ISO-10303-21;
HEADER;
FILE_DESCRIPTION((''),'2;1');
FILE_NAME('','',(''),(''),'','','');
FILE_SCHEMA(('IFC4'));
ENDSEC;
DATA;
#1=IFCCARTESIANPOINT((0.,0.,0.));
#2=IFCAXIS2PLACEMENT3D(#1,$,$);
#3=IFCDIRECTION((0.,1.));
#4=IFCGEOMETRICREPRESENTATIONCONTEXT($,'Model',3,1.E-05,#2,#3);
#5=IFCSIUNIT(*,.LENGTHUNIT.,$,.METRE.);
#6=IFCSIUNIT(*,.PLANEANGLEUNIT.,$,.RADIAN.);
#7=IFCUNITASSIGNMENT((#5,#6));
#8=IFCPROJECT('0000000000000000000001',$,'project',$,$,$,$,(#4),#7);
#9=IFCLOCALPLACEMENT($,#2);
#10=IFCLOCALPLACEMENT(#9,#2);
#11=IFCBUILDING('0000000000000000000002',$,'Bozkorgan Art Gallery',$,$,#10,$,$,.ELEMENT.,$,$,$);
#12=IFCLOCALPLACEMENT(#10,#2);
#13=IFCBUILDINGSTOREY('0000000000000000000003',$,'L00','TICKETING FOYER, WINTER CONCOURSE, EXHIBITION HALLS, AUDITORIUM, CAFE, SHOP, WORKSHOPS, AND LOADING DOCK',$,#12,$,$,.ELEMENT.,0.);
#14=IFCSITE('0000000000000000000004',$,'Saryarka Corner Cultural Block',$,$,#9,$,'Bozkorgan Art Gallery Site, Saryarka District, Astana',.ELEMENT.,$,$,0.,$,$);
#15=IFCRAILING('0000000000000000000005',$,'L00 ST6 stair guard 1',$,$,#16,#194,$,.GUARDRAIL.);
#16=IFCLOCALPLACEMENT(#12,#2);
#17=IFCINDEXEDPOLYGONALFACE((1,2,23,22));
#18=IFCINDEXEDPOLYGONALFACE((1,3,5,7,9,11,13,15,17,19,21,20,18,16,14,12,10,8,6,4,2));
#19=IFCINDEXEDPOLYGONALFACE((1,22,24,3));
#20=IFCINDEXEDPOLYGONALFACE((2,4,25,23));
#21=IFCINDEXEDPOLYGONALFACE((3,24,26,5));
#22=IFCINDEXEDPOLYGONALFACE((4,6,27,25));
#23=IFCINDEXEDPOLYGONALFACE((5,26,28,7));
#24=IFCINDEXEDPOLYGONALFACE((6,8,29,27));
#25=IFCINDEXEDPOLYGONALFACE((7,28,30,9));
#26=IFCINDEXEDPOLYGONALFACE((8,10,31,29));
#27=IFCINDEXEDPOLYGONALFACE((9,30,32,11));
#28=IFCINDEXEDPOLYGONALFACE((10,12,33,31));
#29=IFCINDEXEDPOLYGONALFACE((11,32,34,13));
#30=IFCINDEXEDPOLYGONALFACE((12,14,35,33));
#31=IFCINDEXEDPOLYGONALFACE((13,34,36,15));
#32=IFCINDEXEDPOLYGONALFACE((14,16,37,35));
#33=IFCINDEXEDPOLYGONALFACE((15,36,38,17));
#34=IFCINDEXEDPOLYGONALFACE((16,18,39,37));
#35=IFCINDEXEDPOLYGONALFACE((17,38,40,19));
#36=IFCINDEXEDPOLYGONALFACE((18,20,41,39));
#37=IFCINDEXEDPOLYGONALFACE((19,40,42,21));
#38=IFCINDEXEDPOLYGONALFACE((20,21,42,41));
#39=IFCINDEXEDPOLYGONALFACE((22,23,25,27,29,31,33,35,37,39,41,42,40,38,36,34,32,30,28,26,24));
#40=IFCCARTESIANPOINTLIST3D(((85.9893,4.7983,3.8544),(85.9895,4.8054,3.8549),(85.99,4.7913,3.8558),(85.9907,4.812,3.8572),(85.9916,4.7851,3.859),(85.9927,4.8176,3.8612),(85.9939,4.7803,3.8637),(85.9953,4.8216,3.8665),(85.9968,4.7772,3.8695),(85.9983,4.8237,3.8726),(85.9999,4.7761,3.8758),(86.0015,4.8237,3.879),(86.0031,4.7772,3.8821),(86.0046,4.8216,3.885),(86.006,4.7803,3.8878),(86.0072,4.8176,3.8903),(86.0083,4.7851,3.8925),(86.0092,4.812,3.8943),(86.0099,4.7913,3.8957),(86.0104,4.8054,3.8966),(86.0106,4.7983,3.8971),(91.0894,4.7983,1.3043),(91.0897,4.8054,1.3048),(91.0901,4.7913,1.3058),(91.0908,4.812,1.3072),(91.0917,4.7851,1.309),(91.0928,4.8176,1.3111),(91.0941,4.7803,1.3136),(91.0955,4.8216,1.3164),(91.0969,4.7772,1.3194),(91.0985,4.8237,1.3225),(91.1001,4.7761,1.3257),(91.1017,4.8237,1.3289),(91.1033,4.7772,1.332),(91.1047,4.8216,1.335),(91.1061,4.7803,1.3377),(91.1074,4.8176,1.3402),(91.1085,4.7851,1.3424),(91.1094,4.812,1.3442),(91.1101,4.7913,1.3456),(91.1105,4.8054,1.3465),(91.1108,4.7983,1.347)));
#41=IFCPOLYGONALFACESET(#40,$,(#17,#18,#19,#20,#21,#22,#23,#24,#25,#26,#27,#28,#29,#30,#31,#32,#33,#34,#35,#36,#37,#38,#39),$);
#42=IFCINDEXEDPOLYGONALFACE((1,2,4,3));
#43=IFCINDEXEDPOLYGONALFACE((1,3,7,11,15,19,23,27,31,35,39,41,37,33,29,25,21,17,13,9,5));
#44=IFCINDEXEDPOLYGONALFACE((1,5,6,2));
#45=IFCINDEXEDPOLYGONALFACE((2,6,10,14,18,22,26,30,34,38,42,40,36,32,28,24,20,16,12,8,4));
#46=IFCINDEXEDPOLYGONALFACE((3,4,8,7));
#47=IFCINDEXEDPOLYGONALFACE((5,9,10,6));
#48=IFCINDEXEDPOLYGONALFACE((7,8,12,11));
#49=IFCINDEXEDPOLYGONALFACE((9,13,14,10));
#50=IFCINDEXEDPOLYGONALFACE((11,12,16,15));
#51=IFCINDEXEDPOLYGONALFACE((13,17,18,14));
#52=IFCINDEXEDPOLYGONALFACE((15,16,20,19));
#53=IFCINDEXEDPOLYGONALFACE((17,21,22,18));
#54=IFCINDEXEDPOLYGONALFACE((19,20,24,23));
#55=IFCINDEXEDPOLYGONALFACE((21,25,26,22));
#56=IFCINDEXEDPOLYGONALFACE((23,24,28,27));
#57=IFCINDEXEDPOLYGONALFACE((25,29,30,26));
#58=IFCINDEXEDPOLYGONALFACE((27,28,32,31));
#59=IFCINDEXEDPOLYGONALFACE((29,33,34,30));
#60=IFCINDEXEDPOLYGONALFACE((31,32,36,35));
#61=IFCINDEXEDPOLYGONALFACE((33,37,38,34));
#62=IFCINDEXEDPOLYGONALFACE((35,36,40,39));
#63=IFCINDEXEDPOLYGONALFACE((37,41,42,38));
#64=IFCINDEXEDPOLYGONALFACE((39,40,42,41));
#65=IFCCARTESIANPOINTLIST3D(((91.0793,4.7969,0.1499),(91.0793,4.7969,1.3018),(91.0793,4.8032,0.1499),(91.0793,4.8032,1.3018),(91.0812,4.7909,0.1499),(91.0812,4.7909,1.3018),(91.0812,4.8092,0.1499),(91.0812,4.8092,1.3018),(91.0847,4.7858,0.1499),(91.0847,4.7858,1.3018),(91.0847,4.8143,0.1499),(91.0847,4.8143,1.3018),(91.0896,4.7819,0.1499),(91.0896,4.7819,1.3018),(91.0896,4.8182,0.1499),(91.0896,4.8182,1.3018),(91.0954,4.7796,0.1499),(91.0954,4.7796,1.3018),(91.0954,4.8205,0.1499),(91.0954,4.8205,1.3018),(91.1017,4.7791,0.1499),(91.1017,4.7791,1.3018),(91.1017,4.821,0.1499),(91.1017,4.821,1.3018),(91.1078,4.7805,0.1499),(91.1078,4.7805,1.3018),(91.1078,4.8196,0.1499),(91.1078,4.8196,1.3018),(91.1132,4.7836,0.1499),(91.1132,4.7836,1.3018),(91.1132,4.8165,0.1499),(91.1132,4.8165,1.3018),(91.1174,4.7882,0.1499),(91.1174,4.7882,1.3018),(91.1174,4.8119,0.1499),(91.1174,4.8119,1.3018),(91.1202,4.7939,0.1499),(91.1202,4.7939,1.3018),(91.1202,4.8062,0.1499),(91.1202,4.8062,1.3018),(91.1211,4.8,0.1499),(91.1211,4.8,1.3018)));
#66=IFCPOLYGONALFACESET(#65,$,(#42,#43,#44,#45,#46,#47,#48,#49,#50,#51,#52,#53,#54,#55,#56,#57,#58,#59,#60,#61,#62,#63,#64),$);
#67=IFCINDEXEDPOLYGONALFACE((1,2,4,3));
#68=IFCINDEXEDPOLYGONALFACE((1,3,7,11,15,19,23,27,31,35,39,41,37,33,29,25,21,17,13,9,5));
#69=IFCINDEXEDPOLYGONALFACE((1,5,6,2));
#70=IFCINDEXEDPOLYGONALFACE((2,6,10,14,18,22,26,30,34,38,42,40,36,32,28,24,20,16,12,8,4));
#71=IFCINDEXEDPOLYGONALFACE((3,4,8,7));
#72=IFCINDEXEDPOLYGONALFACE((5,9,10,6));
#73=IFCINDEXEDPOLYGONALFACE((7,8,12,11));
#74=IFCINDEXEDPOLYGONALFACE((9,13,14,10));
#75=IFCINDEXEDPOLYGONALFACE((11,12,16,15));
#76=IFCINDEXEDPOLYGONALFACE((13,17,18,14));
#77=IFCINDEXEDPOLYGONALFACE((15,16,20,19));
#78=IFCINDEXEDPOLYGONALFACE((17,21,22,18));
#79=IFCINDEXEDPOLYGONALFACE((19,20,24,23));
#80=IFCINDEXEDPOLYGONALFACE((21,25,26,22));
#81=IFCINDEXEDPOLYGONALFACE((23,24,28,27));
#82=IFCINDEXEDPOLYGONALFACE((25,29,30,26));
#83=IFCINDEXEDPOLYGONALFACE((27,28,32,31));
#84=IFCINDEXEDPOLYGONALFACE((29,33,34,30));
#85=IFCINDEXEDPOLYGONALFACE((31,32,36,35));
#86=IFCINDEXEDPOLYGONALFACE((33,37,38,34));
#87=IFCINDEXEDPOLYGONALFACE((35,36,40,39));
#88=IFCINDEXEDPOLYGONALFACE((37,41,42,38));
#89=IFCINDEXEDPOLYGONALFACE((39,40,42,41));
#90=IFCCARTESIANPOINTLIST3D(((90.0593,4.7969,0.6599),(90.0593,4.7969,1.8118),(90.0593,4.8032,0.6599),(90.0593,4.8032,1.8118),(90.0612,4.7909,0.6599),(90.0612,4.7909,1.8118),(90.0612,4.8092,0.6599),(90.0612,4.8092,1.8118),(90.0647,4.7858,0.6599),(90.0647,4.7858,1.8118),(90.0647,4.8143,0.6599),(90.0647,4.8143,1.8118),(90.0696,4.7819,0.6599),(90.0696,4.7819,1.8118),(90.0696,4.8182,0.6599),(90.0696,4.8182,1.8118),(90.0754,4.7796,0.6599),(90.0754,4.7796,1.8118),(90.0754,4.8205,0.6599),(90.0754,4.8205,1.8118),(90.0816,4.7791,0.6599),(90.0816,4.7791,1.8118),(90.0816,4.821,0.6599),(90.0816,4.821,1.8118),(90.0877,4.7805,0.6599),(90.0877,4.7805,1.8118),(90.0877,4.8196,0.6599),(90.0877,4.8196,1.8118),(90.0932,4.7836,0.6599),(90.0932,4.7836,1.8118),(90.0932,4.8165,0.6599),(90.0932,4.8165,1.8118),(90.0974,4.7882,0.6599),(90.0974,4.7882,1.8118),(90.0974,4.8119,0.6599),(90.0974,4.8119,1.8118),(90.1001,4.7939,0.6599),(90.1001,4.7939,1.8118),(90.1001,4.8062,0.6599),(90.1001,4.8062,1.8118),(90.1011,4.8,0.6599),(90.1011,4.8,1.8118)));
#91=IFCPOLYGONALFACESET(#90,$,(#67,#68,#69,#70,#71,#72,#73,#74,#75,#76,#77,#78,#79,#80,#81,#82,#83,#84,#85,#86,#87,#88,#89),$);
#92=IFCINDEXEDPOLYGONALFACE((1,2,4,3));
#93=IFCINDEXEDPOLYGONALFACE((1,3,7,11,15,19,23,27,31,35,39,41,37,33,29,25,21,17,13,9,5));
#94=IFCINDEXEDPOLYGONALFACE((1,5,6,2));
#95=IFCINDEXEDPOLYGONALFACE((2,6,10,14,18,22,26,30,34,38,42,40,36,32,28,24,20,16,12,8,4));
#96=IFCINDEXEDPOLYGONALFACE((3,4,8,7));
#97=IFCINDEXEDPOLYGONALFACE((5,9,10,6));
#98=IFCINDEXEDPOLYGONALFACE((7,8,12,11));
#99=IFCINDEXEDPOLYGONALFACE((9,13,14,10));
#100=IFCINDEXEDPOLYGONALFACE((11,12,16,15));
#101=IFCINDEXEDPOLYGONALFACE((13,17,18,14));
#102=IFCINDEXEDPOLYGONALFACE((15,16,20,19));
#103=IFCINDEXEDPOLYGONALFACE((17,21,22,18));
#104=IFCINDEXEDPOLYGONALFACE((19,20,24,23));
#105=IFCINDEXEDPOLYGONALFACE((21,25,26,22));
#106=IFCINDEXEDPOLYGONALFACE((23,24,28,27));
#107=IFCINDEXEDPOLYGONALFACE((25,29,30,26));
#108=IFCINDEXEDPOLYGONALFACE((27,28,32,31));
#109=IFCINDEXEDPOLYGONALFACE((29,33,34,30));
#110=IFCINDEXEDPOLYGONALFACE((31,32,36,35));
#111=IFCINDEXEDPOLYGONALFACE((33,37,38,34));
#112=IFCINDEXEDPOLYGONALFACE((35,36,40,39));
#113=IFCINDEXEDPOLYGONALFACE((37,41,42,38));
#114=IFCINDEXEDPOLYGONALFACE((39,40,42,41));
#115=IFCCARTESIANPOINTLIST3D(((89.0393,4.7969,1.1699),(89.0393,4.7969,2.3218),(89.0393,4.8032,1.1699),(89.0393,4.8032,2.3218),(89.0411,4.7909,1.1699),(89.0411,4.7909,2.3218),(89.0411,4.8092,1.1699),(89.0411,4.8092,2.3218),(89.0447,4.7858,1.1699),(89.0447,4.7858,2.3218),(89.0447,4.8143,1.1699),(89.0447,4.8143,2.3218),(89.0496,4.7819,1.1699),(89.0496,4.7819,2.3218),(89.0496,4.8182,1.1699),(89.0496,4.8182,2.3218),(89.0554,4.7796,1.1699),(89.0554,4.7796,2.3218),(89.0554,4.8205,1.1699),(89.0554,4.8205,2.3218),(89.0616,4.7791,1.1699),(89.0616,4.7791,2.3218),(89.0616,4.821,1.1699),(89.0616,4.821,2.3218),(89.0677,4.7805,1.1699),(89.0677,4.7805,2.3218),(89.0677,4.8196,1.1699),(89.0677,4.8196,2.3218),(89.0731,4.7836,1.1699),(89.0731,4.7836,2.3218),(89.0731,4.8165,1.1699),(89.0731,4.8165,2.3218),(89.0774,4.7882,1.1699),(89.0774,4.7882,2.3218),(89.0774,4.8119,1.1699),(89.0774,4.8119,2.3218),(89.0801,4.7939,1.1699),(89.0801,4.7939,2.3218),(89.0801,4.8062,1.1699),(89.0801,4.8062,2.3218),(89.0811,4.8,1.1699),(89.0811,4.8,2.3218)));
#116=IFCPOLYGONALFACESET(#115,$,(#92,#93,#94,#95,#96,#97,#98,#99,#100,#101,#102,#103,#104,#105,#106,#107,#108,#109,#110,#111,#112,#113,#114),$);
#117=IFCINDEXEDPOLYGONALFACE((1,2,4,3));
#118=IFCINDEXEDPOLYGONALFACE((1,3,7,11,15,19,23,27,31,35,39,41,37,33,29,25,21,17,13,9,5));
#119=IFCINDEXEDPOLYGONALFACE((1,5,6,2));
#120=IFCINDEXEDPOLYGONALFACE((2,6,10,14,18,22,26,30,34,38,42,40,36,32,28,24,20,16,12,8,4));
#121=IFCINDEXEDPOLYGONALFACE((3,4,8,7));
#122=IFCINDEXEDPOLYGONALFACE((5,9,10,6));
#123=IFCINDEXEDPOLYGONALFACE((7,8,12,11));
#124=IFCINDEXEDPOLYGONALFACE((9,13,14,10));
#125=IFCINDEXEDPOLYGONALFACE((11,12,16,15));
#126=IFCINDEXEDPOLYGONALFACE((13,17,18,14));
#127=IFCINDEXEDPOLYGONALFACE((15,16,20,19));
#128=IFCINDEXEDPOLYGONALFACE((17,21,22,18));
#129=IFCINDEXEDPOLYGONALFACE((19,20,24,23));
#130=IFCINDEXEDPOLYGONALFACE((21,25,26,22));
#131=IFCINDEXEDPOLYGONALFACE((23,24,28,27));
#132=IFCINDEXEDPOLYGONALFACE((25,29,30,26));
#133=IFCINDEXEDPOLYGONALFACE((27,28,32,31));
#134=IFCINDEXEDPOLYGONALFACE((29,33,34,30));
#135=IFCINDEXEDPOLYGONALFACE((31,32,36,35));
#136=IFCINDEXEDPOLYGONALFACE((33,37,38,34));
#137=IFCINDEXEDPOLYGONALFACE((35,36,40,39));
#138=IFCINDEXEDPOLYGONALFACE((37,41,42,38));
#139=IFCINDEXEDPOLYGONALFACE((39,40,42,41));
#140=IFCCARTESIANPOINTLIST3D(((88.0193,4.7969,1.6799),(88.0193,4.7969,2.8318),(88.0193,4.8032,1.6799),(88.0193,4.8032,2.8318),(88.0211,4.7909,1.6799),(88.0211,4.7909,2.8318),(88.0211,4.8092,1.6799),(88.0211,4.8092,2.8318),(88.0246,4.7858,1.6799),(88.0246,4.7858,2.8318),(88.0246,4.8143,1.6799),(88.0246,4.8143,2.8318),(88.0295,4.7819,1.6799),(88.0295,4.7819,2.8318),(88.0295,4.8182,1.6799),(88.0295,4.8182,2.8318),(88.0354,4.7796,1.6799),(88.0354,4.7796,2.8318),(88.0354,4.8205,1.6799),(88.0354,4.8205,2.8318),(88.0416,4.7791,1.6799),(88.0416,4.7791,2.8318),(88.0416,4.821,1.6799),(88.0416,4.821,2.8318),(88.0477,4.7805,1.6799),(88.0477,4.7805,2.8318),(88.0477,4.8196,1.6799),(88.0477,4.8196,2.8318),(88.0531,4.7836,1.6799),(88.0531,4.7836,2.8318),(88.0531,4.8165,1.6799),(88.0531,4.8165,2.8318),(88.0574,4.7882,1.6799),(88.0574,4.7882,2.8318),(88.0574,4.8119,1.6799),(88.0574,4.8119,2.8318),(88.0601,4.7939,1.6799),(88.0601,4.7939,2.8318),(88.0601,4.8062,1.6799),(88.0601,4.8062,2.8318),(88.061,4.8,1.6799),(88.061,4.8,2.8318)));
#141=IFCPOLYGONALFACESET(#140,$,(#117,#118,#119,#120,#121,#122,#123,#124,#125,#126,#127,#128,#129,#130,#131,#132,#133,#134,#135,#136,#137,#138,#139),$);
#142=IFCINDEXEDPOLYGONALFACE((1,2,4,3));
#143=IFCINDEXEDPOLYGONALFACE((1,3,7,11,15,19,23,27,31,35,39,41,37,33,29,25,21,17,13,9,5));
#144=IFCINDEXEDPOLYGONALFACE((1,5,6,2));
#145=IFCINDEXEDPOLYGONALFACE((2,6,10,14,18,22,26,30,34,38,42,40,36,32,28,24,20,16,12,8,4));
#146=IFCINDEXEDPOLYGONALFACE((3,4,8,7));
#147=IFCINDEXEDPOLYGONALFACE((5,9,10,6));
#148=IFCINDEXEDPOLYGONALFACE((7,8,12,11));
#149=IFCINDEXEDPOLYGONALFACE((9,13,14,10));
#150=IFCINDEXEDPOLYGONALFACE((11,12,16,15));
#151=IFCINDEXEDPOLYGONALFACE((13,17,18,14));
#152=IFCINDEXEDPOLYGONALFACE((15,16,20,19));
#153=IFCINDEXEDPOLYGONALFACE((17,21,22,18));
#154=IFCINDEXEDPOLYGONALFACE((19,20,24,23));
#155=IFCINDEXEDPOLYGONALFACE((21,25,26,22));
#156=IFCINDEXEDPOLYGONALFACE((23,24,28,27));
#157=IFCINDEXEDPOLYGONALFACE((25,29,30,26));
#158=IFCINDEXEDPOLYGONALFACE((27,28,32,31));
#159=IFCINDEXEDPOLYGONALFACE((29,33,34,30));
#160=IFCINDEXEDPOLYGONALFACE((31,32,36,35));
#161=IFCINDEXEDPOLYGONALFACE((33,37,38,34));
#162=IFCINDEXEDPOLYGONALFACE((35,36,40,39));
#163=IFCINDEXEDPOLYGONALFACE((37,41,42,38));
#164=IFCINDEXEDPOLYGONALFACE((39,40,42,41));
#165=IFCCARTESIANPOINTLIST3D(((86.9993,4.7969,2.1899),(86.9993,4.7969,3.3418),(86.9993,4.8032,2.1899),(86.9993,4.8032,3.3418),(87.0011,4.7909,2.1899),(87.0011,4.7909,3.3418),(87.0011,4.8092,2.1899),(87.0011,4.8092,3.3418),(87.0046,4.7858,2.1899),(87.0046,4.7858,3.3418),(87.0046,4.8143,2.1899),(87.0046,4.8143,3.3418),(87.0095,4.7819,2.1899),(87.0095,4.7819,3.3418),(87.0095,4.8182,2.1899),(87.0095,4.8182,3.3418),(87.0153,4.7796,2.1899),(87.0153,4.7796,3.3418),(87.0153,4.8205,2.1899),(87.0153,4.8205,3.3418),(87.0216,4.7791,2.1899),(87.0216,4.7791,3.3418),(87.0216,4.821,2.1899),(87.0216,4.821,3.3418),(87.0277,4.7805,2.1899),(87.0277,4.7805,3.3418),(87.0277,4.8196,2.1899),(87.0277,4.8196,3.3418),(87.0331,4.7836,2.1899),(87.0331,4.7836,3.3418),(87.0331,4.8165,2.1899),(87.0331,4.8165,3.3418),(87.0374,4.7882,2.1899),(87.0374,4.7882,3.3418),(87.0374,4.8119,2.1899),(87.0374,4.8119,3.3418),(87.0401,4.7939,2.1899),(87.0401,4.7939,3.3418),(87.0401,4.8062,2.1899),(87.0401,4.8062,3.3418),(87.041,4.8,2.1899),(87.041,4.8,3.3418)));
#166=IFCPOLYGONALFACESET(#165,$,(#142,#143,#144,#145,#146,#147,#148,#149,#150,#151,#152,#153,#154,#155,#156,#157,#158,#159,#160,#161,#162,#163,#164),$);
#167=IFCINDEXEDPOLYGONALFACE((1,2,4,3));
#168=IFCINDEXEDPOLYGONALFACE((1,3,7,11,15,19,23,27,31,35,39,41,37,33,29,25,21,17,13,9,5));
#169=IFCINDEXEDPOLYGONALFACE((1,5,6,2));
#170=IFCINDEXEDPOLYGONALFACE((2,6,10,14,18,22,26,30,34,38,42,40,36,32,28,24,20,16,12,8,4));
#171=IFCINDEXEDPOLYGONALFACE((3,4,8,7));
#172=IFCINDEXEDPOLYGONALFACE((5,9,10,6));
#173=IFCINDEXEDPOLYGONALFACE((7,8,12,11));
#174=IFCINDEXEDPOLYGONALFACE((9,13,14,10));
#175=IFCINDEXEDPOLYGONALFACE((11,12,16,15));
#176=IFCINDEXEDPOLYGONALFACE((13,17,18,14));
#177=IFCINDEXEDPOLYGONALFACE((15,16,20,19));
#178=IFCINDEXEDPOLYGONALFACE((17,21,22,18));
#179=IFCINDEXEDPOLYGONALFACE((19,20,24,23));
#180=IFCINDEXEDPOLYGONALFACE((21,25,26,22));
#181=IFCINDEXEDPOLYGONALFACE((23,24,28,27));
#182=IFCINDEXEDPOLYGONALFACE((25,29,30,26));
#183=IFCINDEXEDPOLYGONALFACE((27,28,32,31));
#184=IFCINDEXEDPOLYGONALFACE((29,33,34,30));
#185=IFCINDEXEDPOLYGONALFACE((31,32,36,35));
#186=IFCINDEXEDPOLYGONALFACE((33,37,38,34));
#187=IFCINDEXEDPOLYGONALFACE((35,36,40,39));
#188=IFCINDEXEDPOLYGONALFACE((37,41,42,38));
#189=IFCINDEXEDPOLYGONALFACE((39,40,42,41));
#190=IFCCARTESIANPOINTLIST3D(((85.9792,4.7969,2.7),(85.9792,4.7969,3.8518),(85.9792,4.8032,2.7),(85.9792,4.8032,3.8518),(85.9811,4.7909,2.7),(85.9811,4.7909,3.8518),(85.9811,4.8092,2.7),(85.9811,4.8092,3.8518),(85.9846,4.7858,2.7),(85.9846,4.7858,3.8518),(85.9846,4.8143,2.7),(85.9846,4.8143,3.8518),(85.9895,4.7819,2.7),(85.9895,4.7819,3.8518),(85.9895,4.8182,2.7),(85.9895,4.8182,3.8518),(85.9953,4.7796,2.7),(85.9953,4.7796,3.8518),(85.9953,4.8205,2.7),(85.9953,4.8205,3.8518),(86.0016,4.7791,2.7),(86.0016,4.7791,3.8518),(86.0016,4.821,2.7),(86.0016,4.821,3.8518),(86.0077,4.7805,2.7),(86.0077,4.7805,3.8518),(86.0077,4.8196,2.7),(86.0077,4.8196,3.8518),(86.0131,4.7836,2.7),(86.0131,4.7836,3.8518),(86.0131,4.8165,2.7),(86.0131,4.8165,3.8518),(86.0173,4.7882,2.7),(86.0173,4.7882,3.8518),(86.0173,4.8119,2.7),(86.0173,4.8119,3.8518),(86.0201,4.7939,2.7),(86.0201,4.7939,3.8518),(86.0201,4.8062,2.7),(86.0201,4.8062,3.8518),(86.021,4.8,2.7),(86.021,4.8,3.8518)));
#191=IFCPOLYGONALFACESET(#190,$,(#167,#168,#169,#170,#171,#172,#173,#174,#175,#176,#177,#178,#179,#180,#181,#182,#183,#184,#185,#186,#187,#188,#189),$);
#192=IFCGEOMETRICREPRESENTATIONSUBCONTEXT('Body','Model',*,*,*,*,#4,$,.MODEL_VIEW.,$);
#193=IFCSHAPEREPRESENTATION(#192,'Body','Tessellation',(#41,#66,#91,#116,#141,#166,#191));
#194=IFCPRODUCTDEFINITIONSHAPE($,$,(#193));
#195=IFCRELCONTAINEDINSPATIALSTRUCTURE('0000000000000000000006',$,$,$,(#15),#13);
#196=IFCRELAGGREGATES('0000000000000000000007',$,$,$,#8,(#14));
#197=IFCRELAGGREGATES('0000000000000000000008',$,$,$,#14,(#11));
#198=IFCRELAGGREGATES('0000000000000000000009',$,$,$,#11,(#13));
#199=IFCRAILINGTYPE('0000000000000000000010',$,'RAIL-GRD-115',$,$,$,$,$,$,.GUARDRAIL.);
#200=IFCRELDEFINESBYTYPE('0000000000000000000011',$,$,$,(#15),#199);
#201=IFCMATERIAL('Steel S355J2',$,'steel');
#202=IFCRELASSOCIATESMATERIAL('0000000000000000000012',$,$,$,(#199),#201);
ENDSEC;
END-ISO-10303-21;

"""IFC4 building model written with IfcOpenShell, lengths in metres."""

from ifc_helpers import new_model, si_unit, direction, frame, origin, origin_2d, place, context, subcontext, project, spatial, circle, extrude, material, type_object, element, save


model = new_model("IFC4")

# Units and contexts
model_context = context("Model", 3, precision=1e-05, world=origin(), true_north=direction((0.0, 1.0)))
body_context = subcontext(model_context, "Body", "Model", "MODEL_VIEW")
ifc_project = project(units=[si_unit("LENGTHUNIT", "METRE"), si_unit("PLANEANGLEUNIT", "RADIAN")], contexts=[model_context])

# Site, building, storey
site_placement = place(None, origin())
site = spatial("IfcSite", under=ifc_project, at=site_placement, Name="Saryarka Corner Cultural Block", LongName="Bozkorgan Art Gallery Site, Saryarka District, Astana", CompositionType="ELEMENT", RefElevation=0.0)
building_placement = place(site_placement, origin())
building = spatial("IfcBuilding", under=site, at=building_placement, Name="Bozkorgan Art Gallery", CompositionType="ELEMENT")
storey_placement = place(building_placement, origin())
storey = spatial("IfcBuildingStorey", under=building, at=storey_placement, Name="L00", Description="TICKETING FOYER, WINTER CONCOURSE, EXHIBITION HALLS, AUDITORIUM, CAFE, SHOP, WORKSHOPS, AND LOADING DOCK", CompositionType="ELEMENT", Elevation=0.0)

# Shared definitions
ifc_material_1 = material(Name="Steel S355J2", Category="steel")

# Railing
railing_type_1 = type_object("IfcRailingType", Name="RAIL-GRD-115", PredefinedType="GUARDRAIL", material=ifc_material_1)
railing_1_placement = place(storey_placement, frame((91.1001, 4.8, 0.1499)))
element("IfcRailing", 1, at=railing_1_placement, inside=storey, type_object=railing_type_1, Name="L00 ST6 stair guard 1", PredefinedType="GUARDRAIL", context=body_context, shape_type="SweptSolid", body=[
    extrude(circle(Radius=0.0239, at=origin_2d()), frame((0.0, 0.0, 1.1758), z_axis=(-0.894427, 0.0, 0.447214), x_axis=(0.0, -1.0, 0.0)), (0.0, 0.0, 1.0), 5.7021),
    extrude(circle(Radius=0.021, at=origin_2d()), origin(), (0.0, 0.0, 1.0), 1.1519),
    extrude(circle(Radius=0.021, at=origin_2d()), frame((-1.02, 0.0, 0.51)), (0.0, 0.0, 1.0), 1.1519),
    extrude(circle(Radius=0.021, at=origin_2d()), frame((-2.04, 0.0, 1.02)), (0.0, 0.0, 1.0), 1.1519),
    extrude(circle(Radius=0.021, at=origin_2d()), frame((-3.0601, 0.0, 1.53)), (0.0, 0.0, 1.0), 1.1519),
    extrude(circle(Radius=0.021, at=origin_2d()), frame((-4.0801, 0.0, 2.04)), (0.0, 0.0, 1.0), 1.1519),
    extrude(circle(Radius=0.021, at=origin_2d()), frame((-5.1001, 0.0, 2.55)), (0.0, 0.0, 1.0), 1.1519),
])

save(model, "model.ifc")
